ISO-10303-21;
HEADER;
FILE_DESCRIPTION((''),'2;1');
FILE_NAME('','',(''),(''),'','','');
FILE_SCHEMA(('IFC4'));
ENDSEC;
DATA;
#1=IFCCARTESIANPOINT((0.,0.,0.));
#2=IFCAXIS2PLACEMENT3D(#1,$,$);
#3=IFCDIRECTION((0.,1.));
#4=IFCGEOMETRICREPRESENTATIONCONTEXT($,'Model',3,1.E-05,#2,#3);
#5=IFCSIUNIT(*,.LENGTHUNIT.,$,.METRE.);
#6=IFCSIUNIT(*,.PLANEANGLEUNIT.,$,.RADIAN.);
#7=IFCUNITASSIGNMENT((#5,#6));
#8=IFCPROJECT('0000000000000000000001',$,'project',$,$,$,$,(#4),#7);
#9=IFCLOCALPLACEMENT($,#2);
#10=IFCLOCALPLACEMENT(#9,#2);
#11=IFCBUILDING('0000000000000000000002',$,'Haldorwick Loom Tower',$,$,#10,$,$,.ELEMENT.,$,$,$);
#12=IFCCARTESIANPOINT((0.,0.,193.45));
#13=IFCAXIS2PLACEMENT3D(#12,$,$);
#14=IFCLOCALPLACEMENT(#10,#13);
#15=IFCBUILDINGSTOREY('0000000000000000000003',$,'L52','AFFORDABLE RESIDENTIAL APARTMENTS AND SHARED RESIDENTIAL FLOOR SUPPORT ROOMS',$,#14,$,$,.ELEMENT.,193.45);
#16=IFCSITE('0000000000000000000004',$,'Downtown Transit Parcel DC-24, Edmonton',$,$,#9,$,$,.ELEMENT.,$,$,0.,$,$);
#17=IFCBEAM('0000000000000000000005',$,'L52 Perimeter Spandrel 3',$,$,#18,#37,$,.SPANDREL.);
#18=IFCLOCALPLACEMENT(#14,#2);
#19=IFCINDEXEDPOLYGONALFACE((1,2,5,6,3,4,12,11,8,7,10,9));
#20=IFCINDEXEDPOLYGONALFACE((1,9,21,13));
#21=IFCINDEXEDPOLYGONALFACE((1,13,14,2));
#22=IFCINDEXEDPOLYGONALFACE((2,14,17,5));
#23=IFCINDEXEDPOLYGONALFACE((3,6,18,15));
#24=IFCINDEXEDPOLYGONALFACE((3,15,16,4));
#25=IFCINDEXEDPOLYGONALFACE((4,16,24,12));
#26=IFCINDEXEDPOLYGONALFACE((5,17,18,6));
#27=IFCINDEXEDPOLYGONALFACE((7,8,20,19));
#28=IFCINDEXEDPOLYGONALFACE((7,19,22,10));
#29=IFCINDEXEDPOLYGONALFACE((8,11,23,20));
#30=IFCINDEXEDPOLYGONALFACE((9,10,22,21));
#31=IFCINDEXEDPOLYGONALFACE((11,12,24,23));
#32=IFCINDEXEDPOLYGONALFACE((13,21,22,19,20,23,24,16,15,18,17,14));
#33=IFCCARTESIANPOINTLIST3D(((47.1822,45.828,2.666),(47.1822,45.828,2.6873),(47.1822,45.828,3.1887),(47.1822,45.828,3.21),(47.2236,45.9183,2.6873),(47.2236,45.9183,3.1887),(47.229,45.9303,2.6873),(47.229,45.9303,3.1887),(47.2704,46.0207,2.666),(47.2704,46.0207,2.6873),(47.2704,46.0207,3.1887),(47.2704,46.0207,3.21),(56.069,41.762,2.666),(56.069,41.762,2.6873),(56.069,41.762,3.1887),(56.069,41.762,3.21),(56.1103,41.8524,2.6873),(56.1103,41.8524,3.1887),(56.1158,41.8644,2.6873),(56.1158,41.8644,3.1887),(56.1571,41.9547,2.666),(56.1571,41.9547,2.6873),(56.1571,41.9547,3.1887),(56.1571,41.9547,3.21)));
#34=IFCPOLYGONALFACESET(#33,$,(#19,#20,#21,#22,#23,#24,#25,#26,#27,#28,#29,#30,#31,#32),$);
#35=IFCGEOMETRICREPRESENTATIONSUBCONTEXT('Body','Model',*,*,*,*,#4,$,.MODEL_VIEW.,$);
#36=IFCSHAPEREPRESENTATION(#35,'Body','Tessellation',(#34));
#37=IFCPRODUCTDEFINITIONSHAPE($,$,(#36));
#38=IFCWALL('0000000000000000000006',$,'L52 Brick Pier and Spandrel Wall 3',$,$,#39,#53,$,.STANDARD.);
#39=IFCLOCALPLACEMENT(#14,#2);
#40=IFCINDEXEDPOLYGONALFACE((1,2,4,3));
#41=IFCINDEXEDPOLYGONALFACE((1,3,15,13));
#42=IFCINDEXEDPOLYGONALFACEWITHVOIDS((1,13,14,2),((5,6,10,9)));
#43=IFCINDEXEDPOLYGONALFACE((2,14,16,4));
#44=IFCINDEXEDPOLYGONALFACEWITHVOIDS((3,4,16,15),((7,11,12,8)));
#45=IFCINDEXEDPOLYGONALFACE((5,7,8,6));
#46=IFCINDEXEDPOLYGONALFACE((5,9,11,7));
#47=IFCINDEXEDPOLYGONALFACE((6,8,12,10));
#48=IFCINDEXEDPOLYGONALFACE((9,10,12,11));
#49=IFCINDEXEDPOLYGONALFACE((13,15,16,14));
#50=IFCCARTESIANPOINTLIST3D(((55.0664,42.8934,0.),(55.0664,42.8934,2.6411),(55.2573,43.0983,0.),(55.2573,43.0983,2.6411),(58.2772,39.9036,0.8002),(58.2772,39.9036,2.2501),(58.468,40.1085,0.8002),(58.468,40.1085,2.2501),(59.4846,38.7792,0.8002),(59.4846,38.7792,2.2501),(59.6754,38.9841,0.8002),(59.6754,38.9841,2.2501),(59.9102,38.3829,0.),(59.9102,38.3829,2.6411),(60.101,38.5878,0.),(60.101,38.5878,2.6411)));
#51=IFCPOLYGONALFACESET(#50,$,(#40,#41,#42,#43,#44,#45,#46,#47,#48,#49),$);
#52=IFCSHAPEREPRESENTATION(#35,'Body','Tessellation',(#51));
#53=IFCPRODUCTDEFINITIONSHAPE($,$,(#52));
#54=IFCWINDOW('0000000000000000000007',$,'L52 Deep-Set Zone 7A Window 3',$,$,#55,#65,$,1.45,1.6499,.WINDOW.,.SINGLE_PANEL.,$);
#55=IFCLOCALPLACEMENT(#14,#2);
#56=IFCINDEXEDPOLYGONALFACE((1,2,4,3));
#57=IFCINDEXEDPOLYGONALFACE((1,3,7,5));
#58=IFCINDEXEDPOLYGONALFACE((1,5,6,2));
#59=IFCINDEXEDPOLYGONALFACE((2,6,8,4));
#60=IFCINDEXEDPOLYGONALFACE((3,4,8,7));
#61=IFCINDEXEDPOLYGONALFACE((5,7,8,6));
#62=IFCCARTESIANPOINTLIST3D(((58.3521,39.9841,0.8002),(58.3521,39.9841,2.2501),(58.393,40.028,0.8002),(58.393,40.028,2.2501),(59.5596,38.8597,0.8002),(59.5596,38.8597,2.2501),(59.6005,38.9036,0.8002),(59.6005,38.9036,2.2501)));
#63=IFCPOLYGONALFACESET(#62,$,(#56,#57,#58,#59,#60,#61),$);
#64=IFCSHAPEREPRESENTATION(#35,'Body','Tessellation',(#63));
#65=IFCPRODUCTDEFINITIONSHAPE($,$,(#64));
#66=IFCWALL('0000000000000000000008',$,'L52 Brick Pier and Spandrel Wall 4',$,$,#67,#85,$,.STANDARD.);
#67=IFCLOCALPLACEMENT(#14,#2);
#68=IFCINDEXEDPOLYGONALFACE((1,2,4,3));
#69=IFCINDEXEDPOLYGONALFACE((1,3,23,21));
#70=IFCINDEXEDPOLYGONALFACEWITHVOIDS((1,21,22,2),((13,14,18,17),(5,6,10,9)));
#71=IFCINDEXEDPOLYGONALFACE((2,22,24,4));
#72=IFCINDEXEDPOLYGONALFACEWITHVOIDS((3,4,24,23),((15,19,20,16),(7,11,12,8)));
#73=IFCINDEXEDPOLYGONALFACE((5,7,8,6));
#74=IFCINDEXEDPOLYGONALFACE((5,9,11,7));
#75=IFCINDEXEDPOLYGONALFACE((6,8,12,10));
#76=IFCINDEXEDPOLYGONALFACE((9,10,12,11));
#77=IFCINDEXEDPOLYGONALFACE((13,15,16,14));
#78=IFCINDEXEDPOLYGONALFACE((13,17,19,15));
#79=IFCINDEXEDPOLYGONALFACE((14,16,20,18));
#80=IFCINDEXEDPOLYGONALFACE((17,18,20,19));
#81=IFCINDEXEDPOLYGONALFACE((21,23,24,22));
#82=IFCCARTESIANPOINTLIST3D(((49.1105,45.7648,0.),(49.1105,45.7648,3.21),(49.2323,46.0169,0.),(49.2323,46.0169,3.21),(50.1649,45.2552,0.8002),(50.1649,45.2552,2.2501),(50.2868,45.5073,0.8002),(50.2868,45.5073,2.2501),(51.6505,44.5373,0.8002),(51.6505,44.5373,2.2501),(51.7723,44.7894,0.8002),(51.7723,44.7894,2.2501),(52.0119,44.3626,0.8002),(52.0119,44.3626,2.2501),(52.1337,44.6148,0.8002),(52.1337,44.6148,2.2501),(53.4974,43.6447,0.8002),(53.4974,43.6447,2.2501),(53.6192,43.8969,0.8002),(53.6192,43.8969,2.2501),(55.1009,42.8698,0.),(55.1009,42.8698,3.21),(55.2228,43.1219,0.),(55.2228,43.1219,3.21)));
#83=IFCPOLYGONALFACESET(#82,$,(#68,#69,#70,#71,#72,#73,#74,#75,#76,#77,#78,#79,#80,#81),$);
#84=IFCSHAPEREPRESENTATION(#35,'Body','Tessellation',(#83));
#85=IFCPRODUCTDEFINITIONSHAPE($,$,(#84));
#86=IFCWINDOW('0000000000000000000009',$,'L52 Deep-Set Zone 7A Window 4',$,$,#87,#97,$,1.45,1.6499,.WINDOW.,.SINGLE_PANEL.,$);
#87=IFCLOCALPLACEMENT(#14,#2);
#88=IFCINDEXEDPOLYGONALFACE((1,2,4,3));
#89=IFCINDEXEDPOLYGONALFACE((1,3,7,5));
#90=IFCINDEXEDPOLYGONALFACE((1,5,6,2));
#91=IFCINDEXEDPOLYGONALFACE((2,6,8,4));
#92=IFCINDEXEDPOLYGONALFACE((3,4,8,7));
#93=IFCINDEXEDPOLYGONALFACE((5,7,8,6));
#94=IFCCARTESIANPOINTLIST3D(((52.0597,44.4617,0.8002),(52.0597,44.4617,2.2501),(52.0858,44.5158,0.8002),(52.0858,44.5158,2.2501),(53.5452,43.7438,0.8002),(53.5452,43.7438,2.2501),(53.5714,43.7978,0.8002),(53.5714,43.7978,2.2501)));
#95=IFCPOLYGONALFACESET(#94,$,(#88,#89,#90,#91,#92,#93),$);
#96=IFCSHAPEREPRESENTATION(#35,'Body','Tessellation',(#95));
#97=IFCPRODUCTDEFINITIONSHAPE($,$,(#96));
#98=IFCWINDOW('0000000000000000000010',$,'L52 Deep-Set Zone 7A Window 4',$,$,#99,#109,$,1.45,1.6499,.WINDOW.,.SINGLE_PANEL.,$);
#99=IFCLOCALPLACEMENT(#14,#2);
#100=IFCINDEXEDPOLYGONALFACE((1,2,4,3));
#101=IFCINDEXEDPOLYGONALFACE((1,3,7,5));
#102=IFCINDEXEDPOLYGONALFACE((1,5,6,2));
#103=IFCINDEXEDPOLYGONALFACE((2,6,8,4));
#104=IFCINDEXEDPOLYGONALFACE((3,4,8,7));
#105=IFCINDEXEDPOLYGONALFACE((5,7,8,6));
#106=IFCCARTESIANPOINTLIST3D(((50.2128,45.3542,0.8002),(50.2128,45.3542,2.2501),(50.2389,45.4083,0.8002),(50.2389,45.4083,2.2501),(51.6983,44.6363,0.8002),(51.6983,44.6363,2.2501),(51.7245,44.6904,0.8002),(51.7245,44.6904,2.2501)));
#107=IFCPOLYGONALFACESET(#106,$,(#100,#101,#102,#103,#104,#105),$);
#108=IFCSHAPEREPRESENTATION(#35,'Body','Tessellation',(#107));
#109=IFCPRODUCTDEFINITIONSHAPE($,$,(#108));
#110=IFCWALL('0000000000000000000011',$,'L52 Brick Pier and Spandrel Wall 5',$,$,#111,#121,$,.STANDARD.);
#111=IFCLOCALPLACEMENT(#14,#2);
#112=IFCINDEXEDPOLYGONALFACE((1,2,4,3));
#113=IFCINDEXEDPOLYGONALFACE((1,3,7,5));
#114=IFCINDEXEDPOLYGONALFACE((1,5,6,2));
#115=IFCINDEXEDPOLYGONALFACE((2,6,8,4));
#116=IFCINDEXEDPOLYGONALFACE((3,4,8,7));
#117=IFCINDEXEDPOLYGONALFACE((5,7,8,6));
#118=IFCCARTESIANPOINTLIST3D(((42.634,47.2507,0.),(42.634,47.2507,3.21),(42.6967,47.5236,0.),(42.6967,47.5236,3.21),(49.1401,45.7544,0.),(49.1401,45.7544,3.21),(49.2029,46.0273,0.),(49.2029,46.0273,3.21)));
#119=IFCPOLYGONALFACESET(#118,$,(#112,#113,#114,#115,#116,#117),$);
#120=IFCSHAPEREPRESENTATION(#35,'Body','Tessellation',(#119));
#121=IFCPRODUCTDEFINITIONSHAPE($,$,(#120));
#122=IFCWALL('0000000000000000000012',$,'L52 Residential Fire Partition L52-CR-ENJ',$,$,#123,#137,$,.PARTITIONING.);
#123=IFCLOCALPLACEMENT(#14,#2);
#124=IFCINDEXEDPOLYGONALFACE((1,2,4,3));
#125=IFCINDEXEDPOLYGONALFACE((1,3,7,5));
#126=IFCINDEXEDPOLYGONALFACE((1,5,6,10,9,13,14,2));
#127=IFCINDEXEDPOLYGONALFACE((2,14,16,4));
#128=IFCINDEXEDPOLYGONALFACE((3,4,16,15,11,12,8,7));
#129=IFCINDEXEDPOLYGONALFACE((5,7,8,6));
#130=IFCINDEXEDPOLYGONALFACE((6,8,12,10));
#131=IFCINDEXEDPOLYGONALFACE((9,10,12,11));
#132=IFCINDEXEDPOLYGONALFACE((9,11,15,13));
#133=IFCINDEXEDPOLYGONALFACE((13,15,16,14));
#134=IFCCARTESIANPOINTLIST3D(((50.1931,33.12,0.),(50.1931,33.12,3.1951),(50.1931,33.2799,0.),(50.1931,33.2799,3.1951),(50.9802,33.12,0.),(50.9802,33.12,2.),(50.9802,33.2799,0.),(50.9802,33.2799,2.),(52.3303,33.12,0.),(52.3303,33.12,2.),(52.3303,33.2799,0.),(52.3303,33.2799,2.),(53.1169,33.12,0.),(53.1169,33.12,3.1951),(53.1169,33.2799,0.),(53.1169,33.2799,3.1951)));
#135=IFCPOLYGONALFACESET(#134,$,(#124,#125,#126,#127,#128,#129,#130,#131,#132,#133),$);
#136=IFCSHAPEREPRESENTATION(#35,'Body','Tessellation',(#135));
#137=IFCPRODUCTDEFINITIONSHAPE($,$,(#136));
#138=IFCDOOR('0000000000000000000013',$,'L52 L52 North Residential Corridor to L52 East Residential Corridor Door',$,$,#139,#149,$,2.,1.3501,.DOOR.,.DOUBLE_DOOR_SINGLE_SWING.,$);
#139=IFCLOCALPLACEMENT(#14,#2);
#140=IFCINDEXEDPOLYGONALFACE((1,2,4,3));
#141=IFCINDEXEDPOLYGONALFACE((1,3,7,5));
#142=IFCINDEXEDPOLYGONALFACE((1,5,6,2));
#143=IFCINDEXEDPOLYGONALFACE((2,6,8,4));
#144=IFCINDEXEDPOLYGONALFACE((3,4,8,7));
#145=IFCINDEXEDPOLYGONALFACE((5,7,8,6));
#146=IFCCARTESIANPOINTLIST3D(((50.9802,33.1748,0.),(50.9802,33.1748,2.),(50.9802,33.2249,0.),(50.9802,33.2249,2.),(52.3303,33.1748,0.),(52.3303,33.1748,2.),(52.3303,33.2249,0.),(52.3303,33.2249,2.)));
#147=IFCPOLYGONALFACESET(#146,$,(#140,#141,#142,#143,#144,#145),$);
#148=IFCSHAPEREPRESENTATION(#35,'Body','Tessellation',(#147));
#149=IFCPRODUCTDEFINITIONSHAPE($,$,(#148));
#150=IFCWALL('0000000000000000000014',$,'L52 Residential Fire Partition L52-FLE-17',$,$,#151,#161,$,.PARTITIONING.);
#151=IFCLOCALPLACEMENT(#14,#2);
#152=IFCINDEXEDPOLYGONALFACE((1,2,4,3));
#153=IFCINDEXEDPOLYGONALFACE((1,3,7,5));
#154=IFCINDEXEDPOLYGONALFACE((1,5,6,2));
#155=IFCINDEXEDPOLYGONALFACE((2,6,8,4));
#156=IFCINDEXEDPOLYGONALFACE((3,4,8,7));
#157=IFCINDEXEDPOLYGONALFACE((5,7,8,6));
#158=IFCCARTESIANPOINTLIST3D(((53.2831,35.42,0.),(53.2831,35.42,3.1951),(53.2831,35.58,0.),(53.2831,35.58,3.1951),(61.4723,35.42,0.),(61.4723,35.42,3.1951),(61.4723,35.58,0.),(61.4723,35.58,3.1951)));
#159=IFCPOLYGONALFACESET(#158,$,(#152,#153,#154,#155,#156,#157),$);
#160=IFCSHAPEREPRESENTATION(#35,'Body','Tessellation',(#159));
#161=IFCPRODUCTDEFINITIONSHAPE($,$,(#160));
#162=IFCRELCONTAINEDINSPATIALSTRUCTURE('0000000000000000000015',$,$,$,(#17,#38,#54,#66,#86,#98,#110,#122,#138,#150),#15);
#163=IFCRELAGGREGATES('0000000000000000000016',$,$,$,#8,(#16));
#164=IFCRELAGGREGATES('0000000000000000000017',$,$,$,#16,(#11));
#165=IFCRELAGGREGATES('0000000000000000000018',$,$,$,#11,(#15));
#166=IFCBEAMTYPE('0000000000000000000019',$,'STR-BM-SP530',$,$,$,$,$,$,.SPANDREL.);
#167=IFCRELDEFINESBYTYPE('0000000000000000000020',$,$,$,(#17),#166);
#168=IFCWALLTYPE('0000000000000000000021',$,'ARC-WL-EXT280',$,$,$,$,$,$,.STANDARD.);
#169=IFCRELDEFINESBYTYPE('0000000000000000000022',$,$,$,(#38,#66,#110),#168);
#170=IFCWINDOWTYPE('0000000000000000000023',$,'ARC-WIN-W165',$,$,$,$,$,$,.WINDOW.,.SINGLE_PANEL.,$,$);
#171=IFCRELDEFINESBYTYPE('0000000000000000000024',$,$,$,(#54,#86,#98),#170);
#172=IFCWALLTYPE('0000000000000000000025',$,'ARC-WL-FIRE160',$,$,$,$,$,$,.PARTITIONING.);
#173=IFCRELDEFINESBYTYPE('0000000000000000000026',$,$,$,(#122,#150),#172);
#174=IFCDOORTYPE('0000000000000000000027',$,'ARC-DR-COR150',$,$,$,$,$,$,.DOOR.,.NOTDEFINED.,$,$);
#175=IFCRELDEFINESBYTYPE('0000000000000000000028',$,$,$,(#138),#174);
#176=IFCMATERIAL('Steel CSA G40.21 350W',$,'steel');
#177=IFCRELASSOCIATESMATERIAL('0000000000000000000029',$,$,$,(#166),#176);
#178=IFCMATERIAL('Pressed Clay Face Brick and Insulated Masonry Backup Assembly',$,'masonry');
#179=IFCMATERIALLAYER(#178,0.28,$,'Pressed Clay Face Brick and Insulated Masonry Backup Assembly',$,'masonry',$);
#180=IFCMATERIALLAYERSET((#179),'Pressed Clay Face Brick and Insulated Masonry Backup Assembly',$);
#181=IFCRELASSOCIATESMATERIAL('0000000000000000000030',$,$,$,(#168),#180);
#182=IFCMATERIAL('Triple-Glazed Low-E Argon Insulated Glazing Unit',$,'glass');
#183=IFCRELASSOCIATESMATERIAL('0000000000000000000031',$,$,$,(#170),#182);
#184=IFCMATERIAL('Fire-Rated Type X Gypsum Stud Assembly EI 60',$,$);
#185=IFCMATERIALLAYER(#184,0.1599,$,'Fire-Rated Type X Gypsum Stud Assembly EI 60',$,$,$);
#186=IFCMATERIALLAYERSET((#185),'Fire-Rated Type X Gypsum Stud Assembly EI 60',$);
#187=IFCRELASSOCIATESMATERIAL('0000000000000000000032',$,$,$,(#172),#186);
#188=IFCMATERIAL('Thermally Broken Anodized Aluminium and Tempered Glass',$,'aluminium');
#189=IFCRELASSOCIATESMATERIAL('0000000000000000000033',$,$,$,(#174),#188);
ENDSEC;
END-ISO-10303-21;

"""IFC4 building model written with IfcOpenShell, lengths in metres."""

from ifc_helpers import new_model, si_unit, direction, frame, frame_2d, origin, origin_2d, place, context, subcontext, project, spatial, rectangle, i_section, extrude, material, layer, layer_set, material_profile, profile_set, type_object, element, fill, save


model = new_model("IFC4")

# Units and contexts
model_context = context("Model", 3, precision=1e-05, world=origin(), true_north=direction((0.0, 1.0)))
body_context = subcontext(model_context, "Body", "Model", "MODEL_VIEW")
ifc_project = project(units=[si_unit("LENGTHUNIT", "METRE"), si_unit("PLANEANGLEUNIT", "RADIAN")], contexts=[model_context])

# Site, building, storey
site_placement = place(None, origin())
site = spatial("IfcSite", under=ifc_project, at=site_placement, Name="Downtown Transit Parcel DC-24, Edmonton", CompositionType="ELEMENT", RefElevation=0.0)
building_placement = place(site_placement, origin())
building = spatial("IfcBuilding", under=site, at=building_placement, Name="Haldorwick Loom Tower", CompositionType="ELEMENT")
storey_placement = place(building_placement, frame((0.0, 0.0, 193.45)))
storey = spatial("IfcBuildingStorey", under=building, at=storey_placement, Name="L52", Description="AFFORDABLE RESIDENTIAL APARTMENTS AND SHARED RESIDENTIAL FLOOR SUPPORT ROOMS", CompositionType="ELEMENT", Elevation=193.45)

# Shared definitions
ifc_material_1 = material(Name="Steel CSA G40.21 350W", Category="steel")

# Beam
ifc_material_profile_1 = material_profile(ifc_material_1, i_section(OverallWidth=0.2119, OverallDepth=0.5439, WebThickness=0.0132, FlangeThickness=0.0212, at=origin_2d()), Name="W530X123", Category="steel")
ifc_profile_set_1 = profile_set([ifc_material_profile_1], Name="Steel CSA G40.21 350W")
beam_type_1 = type_object("IfcBeamType", Name="STR-BM-SP530", PredefinedType="SPANDREL", material=ifc_profile_set_1)
beam_1_placement = place(storey_placement, frame((56.113, 41.8584, 2.938), z_axis=(-0.909342, 0.416049, 0.0), x_axis=(-0.416049, -0.909342, 0.0)))
element("IfcBeam", 1, at=beam_1_placement, inside=storey, type_object=beam_type_1, Name="L52 Perimeter Spandrel 3", PredefinedType="SPANDREL", context=body_context, shape_type="SweptSolid", body=[
    extrude(i_section(OverallWidth=0.2119, OverallDepth=0.5439, WebThickness=0.0132, FlangeThickness=0.0212, at=origin_2d()), origin(), (0.0, 0.0, 1.0), 9.7727),
])

# Wall, opening, window
ifc_material_2 = material(Name="Pressed Clay Face Brick and Insulated Masonry Backup Assembly", Category="masonry")
ifc_layer_1 = layer(ifc_material_2, 0.28, Name="Pressed Clay Face Brick and Insulated Masonry Backup Assembly", Category="masonry")
ifc_layer_set_1 = layer_set([ifc_layer_1], Name="Pressed Clay Face Brick and Insulated Masonry Backup Assembly")
wall_type_1 = type_object("IfcWallType", Name="ARC-WL-EXT280", PredefinedType="STANDARD", material=ifc_layer_set_1)
wall_1_placement = place(storey_placement, frame((60.0056, 38.4854, 0.0), z_axis=(0.0, 0.0, 1.0), x_axis=(-0.731834, 0.681483, 0.0)))
wall_1 = element("IfcWall", 2, at=wall_1_placement, inside=storey, type_object=wall_type_1, Name="L52 Brick Pier and Spandrel Wall 3", PredefinedType="STANDARD", context=body_context, shape_type="SweptSolid", body=[
    extrude(rectangle(XDim=6.6187, YDim=0.28, at=frame_2d((3.3093, 0.0))), origin(), (0.0, 0.0, 1.0), 2.6411),
])
opening_1_placement = place(wall_1_placement, frame((0.5815, 0.0, 0.8)))
opening_1 = element("IfcOpeningElement", 3, at=opening_1_placement, cuts=wall_1, PredefinedType="OPENING", context=body_context, shape_type="SweptSolid", body=[
    extrude(rectangle(XDim=1.6499, YDim=1.45, at=frame_2d((0.825, 0.7251))), frame((0.0, 0.1499, 0.0), z_axis=(0.0, -1.0, 0.0), x_axis=(1.0, 0.0, 0.0)), (0.0, 0.0, 1.0), 0.3),
])
ifc_material_3 = material(Name="Triple-Glazed Low-E Argon Insulated Glazing Unit", Category="glass")
window_type = type_object("IfcWindowType", Name="ARC-WIN-W165", PartitioningType="SINGLE_PANEL", PredefinedType="WINDOW", material=ifc_material_3)
window_1_placement = place(opening_1_placement, origin())
window_1 = element("IfcWindow", 4, at=window_1_placement, inside=storey, type_object=window_type, Name="L52 Deep-Set Zone 7A Window 3", OverallHeight=1.45, OverallWidth=1.6499, PartitioningType="SINGLE_PANEL", PredefinedType="WINDOW", context=body_context, shape_type="SweptSolid", body=[
    extrude(rectangle(XDim=1.6499, YDim=1.45, at=frame_2d((0.825, 0.7251))), frame((0.0, 0.03, 0.0), z_axis=(0.0, -1.0, 0.0), x_axis=(1.0, 0.0, 0.0)), (0.0, 0.0, 1.0), 0.0601),
])
fill(opening_1, window_1)

# Wall, openings, windows
wall_2_placement = place(storey_placement, frame((55.1619, 42.9958, 0.0), z_axis=(0.0, 0.0, 1.0), x_axis=(-0.900371, 0.435123, 0.0)))
wall_2 = element("IfcWall", 5, at=wall_2_placement, inside=storey, type_object=wall_type_1, Name="L52 Brick Pier and Spandrel Wall 4", PredefinedType="STANDARD", context=body_context, shape_type="SweptSolid", body=[
    extrude(rectangle(XDim=6.6533, YDim=0.28, at=frame_2d((3.3267, 0.0))), origin(), (0.0, 0.0, 1.0), 3.21),
])
opening_2_placement = place(wall_2_placement, frame((1.781, 0.0, 0.8)))
opening_2 = element("IfcOpeningElement", 6, at=opening_2_placement, cuts=wall_2, PredefinedType="OPENING", context=body_context, shape_type="SweptSolid", body=[
    extrude(rectangle(XDim=1.6499, YDim=1.45, at=frame_2d((0.825, 0.7251))), frame((0.0, 0.1499, 0.0), z_axis=(0.0, -1.0, 0.0), x_axis=(1.0, 0.0, 0.0)), (0.0, 0.0, 1.0), 0.3),
])
opening_3_placement = place(wall_2_placement, frame((3.8323, 0.0, 0.8)))
opening_3 = element("IfcOpeningElement", 7, at=opening_3_placement, cuts=wall_2, PredefinedType="OPENING", context=body_context, shape_type="SweptSolid", body=[
    extrude(rectangle(XDim=1.6499, YDim=1.45, at=frame_2d((0.825, 0.7251))), frame((0.0, 0.1499, 0.0), z_axis=(0.0, -1.0, 0.0), x_axis=(1.0, 0.0, 0.0)), (0.0, 0.0, 1.0), 0.3),
])
window_2_placement = place(opening_2_placement, origin())
window_2 = element("IfcWindow", 8, at=window_2_placement, inside=storey, type_object=window_type, Name="L52 Deep-Set Zone 7A Window 4", OverallHeight=1.45, OverallWidth=1.6499, PartitioningType="SINGLE_PANEL", PredefinedType="WINDOW", context=body_context, shape_type="SweptSolid", body=[
    extrude(rectangle(XDim=1.6499, YDim=1.45, at=frame_2d((0.825, 0.7251))), frame((0.0, 0.03, 0.0), z_axis=(0.0, -1.0, 0.0), x_axis=(1.0, 0.0, 0.0)), (0.0, 0.0, 1.0), 0.0601),
])
fill(opening_2, window_2)
window_3_placement = place(opening_3_placement, origin())
window_3 = element("IfcWindow", 9, at=window_3_placement, inside=storey, type_object=window_type, Name="L52 Deep-Set Zone 7A Window 4", OverallHeight=1.45, OverallWidth=1.6499, PartitioningType="SINGLE_PANEL", PredefinedType="WINDOW", context=body_context, shape_type="SweptSolid", body=[
    extrude(rectangle(XDim=1.6499, YDim=1.45, at=frame_2d((0.825, 0.7251))), frame((0.0, 0.03, 0.0), z_axis=(0.0, -1.0, 0.0), x_axis=(1.0, 0.0, 0.0)), (0.0, 0.0, 1.0), 0.0601),
])
fill(opening_3, window_3)

# Wall
wall_3_placement = place(storey_placement, frame((49.1714, 45.8909, 0.0), z_axis=(0.0, 0.0, 1.0), x_axis=(-0.974557, 0.224138, 0.0)))
element("IfcWall", 10, at=wall_3_placement, inside=storey, type_object=wall_type_1, Name="L52 Brick Pier and Spandrel Wall 5", PredefinedType="STANDARD", context=body_context, shape_type="SweptSolid", body=[
    extrude(rectangle(XDim=6.676, YDim=0.28, at=frame_2d((3.3379, 0.0))), origin(), (0.0, 0.0, 1.0), 3.21),
])

# Wall, opening, door
ifc_material_4 = material(Name="Fire-Rated Type X Gypsum Stud Assembly EI 60")
ifc_layer_2 = layer(ifc_material_4, 0.1599, Name="Fire-Rated Type X Gypsum Stud Assembly EI 60")
ifc_layer_set_2 = layer_set([ifc_layer_2], Name="Fire-Rated Type X Gypsum Stud Assembly EI 60")
wall_type_2 = type_object("IfcWallType", Name="ARC-WL-FIRE160", PredefinedType="PARTITIONING", material=ifc_layer_set_2)
wall_4_placement = place(storey_placement, frame((50.1931, 33.2, 0.0), z_axis=(0.0, 0.0, 1.0), x_axis=(1.0, 0.0, 0.0)))
wall_4 = element("IfcWall", 11, at=wall_4_placement, inside=storey, type_object=wall_type_2, Name="L52 Residential Fire Partition L52-CR-ENJ", PredefinedType="PARTITIONING", context=body_context, shape_type="SweptSolid", body=[
    extrude(rectangle(XDim=2.9238, YDim=0.1599, at=frame_2d((1.4619, 0.0))), origin(), (0.0, 0.0, 1.0), 3.1951),
])
opening_4_placement = place(wall_4_placement, frame((0.7871, 0.0, 0.0)))
opening_4 = element("IfcOpeningElement", 12, at=opening_4_placement, cuts=wall_4, PredefinedType="OPENING", context=body_context, shape_type="SweptSolid", body=[
    extrude(rectangle(XDim=1.3501, YDim=2.0, at=frame_2d((0.675, 1.0))), frame((0.0, 0.0898, 0.0), z_axis=(0.0, -1.0, 0.0), x_axis=(1.0, 0.0, 0.0)), (0.0, 0.0, 1.0), 0.1799),
])
ifc_material_5 = material(Name="Thermally Broken Anodized Aluminium and Tempered Glass", Category="aluminium")
door_type = type_object("IfcDoorType", Name="ARC-DR-COR150", OperationType="NOTDEFINED", PredefinedType="DOOR", material=ifc_material_5)
door_placement = place(opening_4_placement, origin())
door = element("IfcDoor", 13, at=door_placement, inside=storey, type_object=door_type, Name="L52 L52 North Residential Corridor to L52 East Residential Corridor Door", OperationType="DOUBLE_DOOR_SINGLE_SWING", OverallHeight=2.0, OverallWidth=1.3501, PredefinedType="DOOR", context=body_context, shape_type="SweptSolid", body=[
    extrude(rectangle(XDim=1.3501, YDim=2.0, at=frame_2d((0.675, 1.0))), frame((0.0, 0.0249, 0.0), z_axis=(0.0, -1.0, 0.0), x_axis=(1.0, 0.0, 0.0)), (0.0, 0.0, 1.0), 0.05),
])
fill(opening_4, door)

# Wall
wall_5_placement = place(storey_placement, frame((53.283, 35.5, 0.0), z_axis=(0.0, 0.0, 1.0), x_axis=(1.0, 0.0, 0.0)))
element("IfcWall", 14, at=wall_5_placement, inside=storey, type_object=wall_type_2, Name="L52 Residential Fire Partition L52-FLE-17", PredefinedType="PARTITIONING", context=body_context, shape_type="SweptSolid", body=[
    extrude(rectangle(XDim=8.1892, YDim=0.1599, at=frame_2d((4.0947, 0.0))), origin(), (0.0, 0.0, 1.0), 3.1951),
])

save(model, "model.ifc")
